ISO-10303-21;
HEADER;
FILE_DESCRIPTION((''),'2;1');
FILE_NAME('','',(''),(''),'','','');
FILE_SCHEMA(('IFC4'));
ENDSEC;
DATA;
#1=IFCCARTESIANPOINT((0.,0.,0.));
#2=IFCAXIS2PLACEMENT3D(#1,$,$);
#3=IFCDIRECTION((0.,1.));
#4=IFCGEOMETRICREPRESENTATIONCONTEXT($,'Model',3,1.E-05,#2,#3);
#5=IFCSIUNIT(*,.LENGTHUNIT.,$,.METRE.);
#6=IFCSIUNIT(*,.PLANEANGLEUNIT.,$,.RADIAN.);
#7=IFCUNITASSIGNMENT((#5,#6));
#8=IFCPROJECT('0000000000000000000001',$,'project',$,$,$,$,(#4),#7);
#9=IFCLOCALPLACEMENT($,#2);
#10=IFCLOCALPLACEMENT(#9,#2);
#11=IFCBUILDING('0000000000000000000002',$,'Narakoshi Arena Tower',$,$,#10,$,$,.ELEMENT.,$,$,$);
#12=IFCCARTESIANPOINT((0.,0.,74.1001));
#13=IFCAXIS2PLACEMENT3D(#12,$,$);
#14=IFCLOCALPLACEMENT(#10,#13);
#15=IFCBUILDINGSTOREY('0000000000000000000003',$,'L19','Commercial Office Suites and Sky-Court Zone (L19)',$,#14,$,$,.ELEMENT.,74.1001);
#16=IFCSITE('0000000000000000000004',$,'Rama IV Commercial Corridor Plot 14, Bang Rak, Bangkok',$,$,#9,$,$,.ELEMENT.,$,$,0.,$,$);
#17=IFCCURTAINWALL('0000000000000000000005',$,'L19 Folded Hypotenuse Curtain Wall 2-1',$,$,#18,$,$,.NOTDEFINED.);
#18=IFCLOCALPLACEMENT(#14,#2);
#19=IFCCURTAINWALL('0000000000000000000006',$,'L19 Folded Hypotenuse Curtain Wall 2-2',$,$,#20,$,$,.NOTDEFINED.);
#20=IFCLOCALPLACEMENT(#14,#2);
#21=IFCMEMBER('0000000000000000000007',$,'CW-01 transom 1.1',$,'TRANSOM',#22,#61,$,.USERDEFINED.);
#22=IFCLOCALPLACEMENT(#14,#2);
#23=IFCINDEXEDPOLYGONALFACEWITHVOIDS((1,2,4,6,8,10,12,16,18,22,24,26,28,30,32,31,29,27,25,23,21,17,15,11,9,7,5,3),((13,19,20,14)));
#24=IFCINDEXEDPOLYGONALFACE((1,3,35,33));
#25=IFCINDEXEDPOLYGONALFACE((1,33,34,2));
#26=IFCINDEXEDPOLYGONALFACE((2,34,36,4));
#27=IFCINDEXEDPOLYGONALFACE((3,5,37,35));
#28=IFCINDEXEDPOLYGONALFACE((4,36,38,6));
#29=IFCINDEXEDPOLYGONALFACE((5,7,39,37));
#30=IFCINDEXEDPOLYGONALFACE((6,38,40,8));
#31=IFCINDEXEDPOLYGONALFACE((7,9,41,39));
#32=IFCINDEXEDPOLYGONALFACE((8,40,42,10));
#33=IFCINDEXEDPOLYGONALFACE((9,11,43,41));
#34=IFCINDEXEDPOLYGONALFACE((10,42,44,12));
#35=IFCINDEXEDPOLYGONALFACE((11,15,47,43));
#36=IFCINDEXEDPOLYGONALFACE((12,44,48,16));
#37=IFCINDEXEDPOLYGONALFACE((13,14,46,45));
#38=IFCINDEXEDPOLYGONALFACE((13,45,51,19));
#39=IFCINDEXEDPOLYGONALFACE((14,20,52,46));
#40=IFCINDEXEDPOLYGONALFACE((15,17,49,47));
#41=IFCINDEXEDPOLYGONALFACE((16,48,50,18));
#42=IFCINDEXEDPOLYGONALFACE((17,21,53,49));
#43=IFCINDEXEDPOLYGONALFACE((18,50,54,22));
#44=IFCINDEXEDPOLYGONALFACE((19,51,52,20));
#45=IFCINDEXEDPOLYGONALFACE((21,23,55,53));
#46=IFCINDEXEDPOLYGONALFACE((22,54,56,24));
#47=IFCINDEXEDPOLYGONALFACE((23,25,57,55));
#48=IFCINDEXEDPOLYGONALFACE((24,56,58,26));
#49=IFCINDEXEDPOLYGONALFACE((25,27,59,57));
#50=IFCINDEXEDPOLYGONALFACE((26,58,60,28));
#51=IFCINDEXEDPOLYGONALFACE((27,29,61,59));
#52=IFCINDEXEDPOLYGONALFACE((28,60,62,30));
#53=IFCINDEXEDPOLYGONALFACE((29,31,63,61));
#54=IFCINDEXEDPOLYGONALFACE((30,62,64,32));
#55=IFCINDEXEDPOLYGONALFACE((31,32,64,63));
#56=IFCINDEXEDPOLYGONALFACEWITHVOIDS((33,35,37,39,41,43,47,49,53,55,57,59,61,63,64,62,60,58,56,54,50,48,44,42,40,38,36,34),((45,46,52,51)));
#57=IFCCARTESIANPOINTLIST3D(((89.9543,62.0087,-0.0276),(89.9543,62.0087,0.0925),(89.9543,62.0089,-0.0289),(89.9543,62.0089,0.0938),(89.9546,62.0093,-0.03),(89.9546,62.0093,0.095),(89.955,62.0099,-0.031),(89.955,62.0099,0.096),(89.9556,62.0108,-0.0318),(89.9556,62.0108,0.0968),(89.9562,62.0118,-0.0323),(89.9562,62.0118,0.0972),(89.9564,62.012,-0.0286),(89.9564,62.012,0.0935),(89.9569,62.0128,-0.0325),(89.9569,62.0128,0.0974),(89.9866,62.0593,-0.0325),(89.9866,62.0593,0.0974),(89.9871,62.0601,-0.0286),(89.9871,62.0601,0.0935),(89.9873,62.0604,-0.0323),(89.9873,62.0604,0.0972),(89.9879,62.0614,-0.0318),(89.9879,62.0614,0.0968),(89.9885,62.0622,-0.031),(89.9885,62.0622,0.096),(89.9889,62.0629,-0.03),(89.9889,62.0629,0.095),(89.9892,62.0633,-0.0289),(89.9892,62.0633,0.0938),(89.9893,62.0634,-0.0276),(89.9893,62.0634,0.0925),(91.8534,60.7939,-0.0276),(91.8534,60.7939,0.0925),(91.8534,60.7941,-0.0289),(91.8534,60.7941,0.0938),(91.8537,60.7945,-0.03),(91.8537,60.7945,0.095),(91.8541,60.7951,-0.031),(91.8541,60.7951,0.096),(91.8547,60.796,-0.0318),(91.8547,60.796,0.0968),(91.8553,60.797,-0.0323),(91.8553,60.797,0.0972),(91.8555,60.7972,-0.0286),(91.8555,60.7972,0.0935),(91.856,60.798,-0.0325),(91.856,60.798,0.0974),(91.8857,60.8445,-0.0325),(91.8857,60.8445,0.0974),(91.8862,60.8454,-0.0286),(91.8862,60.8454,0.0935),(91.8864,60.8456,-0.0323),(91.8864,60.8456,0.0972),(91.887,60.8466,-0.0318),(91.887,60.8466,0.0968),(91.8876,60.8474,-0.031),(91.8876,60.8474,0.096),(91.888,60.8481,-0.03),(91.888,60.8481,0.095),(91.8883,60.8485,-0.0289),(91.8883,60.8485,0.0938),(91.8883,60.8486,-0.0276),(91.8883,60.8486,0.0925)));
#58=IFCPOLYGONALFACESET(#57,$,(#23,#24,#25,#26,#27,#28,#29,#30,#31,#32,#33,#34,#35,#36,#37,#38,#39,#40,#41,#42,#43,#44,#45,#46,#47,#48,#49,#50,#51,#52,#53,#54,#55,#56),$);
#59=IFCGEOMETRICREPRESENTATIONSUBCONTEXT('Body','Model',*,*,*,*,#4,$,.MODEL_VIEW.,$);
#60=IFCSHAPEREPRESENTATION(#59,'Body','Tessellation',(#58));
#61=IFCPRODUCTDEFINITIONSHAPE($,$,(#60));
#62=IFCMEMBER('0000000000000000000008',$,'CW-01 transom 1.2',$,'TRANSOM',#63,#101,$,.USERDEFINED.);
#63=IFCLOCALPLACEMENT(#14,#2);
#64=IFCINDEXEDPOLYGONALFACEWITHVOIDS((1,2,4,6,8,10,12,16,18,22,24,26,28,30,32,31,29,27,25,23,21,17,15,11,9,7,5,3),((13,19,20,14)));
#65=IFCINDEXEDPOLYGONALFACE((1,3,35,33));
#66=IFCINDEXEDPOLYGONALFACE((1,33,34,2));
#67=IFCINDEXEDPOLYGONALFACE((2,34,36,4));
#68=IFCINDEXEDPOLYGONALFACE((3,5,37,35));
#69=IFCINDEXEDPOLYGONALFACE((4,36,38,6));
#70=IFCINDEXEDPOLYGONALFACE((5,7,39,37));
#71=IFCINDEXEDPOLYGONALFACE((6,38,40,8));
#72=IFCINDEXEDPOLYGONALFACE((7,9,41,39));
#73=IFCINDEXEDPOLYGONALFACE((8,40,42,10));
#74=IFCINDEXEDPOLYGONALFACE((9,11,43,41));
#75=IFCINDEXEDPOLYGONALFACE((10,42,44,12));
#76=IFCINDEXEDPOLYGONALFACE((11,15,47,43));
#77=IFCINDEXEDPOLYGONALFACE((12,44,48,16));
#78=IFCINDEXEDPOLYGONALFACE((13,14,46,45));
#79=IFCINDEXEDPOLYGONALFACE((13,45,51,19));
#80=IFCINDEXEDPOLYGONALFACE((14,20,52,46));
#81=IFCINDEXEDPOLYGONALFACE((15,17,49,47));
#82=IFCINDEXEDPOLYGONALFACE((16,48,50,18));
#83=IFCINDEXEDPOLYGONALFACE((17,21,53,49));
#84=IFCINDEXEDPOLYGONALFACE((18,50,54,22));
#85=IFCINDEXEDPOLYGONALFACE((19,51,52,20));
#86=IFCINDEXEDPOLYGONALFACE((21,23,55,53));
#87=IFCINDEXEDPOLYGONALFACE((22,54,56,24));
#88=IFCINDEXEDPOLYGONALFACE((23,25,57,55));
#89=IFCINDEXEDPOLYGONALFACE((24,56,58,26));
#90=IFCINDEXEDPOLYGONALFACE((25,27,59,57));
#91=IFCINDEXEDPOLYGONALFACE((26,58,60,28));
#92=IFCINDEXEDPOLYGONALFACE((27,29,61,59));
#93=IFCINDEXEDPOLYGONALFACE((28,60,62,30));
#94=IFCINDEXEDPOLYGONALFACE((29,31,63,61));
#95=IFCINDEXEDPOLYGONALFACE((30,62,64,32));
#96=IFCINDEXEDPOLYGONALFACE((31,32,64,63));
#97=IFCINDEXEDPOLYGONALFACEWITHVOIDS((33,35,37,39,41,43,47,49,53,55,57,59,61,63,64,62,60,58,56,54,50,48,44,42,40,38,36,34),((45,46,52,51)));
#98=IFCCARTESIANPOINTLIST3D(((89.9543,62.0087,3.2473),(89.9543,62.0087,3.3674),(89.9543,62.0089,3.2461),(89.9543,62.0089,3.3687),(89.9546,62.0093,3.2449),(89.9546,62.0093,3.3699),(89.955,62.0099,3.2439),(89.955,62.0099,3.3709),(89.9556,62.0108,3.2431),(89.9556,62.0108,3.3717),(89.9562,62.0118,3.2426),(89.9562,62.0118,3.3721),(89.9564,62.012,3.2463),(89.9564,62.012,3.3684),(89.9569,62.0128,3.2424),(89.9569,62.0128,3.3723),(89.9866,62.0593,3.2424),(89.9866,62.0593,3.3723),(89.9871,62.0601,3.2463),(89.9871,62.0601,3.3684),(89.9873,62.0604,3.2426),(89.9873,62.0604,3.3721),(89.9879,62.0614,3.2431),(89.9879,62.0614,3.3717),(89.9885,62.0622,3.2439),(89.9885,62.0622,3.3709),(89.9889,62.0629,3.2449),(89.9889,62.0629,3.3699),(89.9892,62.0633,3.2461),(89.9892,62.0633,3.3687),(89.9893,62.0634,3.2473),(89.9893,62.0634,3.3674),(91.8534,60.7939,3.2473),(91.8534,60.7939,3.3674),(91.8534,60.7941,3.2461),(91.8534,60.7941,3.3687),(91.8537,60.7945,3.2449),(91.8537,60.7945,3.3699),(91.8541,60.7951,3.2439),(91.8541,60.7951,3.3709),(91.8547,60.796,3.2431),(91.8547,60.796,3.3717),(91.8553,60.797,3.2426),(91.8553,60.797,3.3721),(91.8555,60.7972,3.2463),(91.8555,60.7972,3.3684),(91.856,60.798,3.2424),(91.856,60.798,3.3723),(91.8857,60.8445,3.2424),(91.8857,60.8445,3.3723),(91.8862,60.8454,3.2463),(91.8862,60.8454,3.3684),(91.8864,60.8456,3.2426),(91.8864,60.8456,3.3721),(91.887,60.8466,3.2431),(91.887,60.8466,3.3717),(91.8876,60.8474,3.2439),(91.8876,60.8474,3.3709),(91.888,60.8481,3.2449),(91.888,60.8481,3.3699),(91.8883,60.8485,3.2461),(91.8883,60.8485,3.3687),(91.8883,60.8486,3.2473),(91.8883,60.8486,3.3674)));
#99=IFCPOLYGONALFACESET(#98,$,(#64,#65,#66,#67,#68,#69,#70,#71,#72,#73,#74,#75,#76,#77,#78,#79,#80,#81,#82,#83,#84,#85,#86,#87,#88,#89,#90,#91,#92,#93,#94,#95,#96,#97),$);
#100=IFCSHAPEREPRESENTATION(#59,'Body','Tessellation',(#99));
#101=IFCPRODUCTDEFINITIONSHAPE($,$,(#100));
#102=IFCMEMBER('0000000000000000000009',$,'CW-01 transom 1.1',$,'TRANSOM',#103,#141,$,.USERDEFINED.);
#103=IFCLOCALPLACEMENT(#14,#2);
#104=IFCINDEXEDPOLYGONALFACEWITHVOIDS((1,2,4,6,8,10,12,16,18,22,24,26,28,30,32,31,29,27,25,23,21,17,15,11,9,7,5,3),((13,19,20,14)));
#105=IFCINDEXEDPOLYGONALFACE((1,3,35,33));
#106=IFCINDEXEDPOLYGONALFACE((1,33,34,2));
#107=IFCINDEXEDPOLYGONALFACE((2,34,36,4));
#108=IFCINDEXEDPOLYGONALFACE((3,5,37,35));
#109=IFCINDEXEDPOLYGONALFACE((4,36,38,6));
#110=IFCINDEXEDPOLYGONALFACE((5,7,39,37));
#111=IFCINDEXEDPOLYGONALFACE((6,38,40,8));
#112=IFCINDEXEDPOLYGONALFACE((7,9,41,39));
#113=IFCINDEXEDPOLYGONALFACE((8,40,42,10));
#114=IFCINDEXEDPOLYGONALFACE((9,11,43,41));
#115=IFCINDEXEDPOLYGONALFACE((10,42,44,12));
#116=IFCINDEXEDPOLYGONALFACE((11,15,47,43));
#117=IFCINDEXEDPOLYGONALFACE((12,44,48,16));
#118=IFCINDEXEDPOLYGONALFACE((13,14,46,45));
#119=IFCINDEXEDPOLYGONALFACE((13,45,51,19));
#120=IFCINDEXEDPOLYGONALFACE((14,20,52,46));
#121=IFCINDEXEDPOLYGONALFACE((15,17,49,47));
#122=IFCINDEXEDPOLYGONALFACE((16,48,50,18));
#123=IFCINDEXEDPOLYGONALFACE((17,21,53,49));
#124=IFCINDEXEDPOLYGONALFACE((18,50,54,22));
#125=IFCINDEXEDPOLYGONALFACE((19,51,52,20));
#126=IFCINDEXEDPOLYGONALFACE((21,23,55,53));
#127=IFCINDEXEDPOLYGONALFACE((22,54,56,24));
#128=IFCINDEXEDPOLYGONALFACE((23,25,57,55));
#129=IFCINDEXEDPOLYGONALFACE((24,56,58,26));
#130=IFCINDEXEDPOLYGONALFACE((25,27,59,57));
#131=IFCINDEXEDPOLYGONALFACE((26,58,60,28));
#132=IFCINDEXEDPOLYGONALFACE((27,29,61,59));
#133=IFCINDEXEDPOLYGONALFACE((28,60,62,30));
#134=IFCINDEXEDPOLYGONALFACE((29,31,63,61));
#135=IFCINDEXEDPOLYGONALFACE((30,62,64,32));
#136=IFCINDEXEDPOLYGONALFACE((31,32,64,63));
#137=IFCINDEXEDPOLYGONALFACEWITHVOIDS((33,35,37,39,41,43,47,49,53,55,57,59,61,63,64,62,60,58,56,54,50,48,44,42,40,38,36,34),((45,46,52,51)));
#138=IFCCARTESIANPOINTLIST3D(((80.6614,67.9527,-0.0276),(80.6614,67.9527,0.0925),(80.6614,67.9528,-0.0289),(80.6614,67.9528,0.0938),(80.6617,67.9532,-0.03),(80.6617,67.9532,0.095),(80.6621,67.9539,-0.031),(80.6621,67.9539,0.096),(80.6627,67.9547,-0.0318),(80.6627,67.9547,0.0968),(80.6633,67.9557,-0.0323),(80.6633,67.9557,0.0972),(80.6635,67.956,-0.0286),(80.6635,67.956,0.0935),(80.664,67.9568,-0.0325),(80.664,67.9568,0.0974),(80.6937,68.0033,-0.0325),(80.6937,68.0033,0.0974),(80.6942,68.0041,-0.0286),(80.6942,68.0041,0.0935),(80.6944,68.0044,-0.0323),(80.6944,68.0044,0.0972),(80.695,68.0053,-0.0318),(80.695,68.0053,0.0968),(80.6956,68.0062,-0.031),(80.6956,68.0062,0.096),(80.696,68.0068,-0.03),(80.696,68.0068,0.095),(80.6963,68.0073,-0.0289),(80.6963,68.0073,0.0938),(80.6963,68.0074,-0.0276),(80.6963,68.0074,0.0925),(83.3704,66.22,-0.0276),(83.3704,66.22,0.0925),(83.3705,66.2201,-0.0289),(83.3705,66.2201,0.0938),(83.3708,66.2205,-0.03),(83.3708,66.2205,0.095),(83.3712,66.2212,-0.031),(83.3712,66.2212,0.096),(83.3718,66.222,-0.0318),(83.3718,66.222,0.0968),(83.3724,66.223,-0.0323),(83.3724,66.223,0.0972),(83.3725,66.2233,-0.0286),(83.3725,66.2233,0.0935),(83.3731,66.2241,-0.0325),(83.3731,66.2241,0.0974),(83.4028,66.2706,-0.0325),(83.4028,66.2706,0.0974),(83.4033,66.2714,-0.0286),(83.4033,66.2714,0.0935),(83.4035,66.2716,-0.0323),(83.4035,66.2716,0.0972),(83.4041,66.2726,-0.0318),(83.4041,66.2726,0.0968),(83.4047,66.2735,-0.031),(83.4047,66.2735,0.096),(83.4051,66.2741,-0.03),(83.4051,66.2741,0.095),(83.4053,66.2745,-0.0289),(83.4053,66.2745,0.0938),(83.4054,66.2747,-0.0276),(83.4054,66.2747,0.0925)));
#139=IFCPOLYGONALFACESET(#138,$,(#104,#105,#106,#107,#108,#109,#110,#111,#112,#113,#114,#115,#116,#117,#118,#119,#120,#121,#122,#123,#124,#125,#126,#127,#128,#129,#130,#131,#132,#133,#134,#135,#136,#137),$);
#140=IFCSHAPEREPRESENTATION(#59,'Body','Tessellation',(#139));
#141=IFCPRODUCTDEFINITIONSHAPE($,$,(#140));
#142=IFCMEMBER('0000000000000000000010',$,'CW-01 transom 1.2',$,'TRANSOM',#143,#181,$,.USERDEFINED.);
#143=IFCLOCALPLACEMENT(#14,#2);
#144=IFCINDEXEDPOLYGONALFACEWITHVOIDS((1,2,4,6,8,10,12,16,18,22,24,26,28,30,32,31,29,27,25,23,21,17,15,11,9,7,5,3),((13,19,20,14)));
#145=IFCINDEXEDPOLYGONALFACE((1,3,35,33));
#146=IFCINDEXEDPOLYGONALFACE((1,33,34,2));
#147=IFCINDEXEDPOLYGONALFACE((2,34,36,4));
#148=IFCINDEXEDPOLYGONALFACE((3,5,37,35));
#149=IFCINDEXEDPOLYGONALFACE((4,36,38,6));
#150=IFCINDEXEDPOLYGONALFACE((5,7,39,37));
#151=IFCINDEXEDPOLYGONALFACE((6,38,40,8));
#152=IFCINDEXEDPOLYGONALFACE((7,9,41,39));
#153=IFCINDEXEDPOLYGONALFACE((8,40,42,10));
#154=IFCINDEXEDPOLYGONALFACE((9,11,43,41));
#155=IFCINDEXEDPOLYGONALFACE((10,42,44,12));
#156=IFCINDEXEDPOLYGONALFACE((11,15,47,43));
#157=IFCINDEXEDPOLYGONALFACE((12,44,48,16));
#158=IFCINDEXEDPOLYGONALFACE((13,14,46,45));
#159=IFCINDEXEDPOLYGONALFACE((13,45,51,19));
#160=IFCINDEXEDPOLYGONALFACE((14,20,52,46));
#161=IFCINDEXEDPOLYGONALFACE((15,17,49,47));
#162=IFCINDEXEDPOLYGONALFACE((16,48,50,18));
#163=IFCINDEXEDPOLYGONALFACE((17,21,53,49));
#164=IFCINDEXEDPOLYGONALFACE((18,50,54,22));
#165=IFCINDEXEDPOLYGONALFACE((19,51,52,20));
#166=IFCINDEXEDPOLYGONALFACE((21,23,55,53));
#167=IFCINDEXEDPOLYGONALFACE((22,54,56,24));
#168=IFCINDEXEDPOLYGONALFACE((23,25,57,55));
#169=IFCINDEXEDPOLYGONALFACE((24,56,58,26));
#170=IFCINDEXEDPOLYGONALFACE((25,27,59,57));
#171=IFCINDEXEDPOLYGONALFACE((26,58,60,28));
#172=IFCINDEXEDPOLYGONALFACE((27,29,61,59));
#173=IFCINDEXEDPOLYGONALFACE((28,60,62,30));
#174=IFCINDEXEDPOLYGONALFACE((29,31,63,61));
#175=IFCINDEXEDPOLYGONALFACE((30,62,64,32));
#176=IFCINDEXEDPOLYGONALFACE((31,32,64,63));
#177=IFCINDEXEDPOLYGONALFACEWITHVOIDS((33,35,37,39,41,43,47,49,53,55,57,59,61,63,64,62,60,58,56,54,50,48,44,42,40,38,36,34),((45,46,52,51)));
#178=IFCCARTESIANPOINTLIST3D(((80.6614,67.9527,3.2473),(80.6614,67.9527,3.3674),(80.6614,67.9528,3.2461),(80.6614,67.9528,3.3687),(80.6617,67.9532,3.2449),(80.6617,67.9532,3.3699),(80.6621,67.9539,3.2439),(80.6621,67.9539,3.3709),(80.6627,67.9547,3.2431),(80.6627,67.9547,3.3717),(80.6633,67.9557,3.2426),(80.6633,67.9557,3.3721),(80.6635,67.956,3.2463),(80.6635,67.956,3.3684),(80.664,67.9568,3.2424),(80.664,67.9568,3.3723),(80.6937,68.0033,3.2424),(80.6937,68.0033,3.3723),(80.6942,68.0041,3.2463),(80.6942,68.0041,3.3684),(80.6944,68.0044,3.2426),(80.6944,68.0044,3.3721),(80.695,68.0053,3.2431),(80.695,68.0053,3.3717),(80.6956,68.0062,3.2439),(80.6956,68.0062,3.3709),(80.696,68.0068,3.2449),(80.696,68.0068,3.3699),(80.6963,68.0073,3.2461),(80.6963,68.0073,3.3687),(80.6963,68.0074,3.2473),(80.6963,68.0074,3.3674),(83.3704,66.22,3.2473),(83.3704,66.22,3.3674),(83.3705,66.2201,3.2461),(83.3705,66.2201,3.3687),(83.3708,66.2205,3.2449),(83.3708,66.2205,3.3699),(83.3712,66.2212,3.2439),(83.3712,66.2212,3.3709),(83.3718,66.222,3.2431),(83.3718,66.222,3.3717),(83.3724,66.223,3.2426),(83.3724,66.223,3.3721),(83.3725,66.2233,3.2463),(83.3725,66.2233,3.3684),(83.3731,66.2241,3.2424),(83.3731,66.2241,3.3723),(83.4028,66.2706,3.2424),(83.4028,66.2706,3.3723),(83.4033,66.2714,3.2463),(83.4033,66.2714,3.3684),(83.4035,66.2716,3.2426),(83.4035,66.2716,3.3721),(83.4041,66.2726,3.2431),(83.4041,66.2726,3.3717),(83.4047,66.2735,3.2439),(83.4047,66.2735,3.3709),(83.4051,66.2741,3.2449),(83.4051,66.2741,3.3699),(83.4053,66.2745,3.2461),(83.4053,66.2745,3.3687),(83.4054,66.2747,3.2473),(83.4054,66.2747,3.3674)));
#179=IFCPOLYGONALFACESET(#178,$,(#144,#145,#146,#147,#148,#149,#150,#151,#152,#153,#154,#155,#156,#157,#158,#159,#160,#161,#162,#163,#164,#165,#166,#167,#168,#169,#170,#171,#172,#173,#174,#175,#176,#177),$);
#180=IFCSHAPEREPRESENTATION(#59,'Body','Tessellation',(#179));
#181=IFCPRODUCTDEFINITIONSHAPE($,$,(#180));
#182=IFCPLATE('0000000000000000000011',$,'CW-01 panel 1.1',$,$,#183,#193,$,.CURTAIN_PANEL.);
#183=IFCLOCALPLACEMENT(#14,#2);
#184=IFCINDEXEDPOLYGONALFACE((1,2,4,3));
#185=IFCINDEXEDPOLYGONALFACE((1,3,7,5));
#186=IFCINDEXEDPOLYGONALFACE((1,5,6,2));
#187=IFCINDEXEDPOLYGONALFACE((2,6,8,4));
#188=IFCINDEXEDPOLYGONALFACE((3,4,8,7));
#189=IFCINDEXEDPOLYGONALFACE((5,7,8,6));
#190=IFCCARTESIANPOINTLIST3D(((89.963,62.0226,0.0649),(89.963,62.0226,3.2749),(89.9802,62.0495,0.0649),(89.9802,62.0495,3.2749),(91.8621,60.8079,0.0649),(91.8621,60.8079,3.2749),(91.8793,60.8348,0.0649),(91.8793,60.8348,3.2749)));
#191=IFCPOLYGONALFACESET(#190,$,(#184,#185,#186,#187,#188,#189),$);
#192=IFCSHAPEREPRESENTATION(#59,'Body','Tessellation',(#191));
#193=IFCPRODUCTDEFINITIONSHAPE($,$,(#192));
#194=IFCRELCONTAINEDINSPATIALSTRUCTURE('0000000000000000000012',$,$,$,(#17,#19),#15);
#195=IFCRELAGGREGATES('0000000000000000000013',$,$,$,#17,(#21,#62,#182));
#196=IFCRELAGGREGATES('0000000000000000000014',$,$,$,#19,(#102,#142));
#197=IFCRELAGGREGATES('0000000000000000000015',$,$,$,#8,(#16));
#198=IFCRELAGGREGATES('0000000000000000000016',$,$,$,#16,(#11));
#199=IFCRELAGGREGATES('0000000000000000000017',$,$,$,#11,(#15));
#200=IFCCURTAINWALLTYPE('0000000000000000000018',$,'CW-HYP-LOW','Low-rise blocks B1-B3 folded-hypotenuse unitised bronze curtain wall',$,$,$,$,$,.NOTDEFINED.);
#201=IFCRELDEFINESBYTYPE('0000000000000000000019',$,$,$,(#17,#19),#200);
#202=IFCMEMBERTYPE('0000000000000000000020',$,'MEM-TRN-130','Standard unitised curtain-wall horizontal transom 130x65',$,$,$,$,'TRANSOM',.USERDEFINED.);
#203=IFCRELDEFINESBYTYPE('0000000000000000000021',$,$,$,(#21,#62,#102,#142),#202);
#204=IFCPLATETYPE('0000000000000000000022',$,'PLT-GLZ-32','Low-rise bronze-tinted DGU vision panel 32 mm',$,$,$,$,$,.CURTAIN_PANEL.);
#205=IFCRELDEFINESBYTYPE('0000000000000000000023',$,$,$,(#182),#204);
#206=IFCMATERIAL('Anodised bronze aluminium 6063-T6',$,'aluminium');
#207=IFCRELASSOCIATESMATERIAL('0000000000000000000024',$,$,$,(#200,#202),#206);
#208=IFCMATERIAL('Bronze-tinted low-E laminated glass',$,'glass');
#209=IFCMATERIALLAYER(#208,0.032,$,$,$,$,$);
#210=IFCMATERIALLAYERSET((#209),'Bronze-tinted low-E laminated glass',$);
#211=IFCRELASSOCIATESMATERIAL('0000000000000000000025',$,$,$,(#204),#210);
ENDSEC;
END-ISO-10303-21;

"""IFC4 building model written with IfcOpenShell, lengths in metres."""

from ifc_helpers import new_model, si_unit, direction, frame, origin, origin_2d, place, context, subcontext, project, spatial, rectangle, hollow_rectangle, extrude, material, layer, layer_set, material_profile, profile_set, type_object, element, aggregate, save


model = new_model("IFC4")

# Units and contexts
model_context = context("Model", 3, precision=1e-05, world=origin(), true_north=direction((0.0, 1.0)))
body_context = subcontext(model_context, "Body", "Model", "MODEL_VIEW")
ifc_project = project(units=[si_unit("LENGTHUNIT", "METRE"), si_unit("PLANEANGLEUNIT", "RADIAN")], contexts=[model_context])

# Site, building, storey
site_placement = place(None, origin())
site = spatial("IfcSite", under=ifc_project, at=site_placement, Name="Rama IV Commercial Corridor Plot 14, Bang Rak, Bangkok", CompositionType="ELEMENT", RefElevation=0.0)
building_placement = place(site_placement, origin())
building = spatial("IfcBuilding", under=site, at=building_placement, Name="Narakoshi Arena Tower", CompositionType="ELEMENT")
storey_placement = place(building_placement, frame((0.0, 0.0, 74.1001)))
storey = spatial("IfcBuildingStorey", under=building, at=storey_placement, Name="L19", Description="Commercial Office Suites and Sky-Court Zone (L19)", CompositionType="ELEMENT", Elevation=74.1001)

# Curtain walls
ifc_material_1 = material(Name="Anodised bronze aluminium 6063-T6", Category="aluminium")
curtain_wall_type = type_object("IfcCurtainWallType", Name="CW-HYP-LOW", Description="Low-rise blocks B1-B3 folded-hypotenuse unitised bronze curtain wall", PredefinedType="NOTDEFINED", material=ifc_material_1)
curtain_wall_1_placement = place(storey_placement, origin())
curtain_wall_1 = element("IfcCurtainWall", 1, at=curtain_wall_1_placement, inside=storey, type_object=curtain_wall_type, Name="L19 Folded Hypotenuse Curtain Wall 2-1", PredefinedType="NOTDEFINED")
curtain_wall_2_placement = place(storey_placement, origin())
curtain_wall_2 = element("IfcCurtainWall", 2, at=curtain_wall_2_placement, inside=storey, type_object=curtain_wall_type, Name="L19 Folded Hypotenuse Curtain Wall 2-2", PredefinedType="NOTDEFINED")

# Members
ifc_material_profile_1 = material_profile(ifc_material_1, hollow_rectangle(XDim=0.0649, YDim=0.1299, WallThickness=0.0039, OuterFilletRadius=0.0049, at=origin_2d()), Name="TRN130x65x4")
ifc_profile_set_1 = profile_set([ifc_material_profile_1], Name="Anodised bronze aluminium 6063-T6")
member_type_1 = type_object("IfcMemberType", Name="MEM-TRN-130", Description="Standard unitised curtain-wall horizontal transom 130x65", ElementType="TRANSOM", PredefinedType="USERDEFINED", material=ifc_profile_set_1)
member_1_placement = place(storey_placement, frame((91.8708, 60.8213, 0.0325), z_axis=(-0.842397, 0.538857, 0.0), x_axis=(-0.538857, -0.842397, 0.0)))
member_1 = element("IfcMember", 3, at=member_1_placement, type_object=member_type_1, Name="CW-01 transom 1.1", ObjectType="TRANSOM", PredefinedType="USERDEFINED", context=body_context, shape_type="SweptSolid", body=[
    extrude(hollow_rectangle(XDim=0.0649, YDim=0.1299, WallThickness=0.0039, OuterFilletRadius=0.0049, at=origin_2d()), origin(), (0.0, 0.0, 1.0), 2.2544),
])
member_2_placement = place(storey_placement, frame((91.8708, 60.8213, 3.3074), z_axis=(-0.842397, 0.538857, 0.0), x_axis=(-0.538857, -0.842397, 0.0)))
member_2 = element("IfcMember", 4, at=member_2_placement, type_object=member_type_1, Name="CW-01 transom 1.2", ObjectType="TRANSOM", PredefinedType="USERDEFINED", context=body_context, shape_type="SweptSolid", body=[
    extrude(hollow_rectangle(XDim=0.0649, YDim=0.1299, WallThickness=0.0039, OuterFilletRadius=0.0049, at=origin_2d()), origin(), (0.0, 0.0, 1.0), 2.2544),
])
member_3_placement = place(storey_placement, frame((83.3879, 66.2473, 0.0325), z_axis=(-0.842424, 0.538815, 0.0), x_axis=(-0.538815, -0.842424, 0.0)))
member_3 = element("IfcMember", 5, at=member_3_placement, type_object=member_type_1, Name="CW-01 transom 1.1", ObjectType="TRANSOM", PredefinedType="USERDEFINED", context=body_context, shape_type="SweptSolid", body=[
    extrude(hollow_rectangle(XDim=0.0649, YDim=0.1299, WallThickness=0.0039, OuterFilletRadius=0.0049, at=origin_2d()), origin(), (0.0, 0.0, 1.0), 3.2158),
])
member_4_placement = place(storey_placement, frame((83.3879, 66.2473, 3.3074), z_axis=(-0.842424, 0.538815, 0.0), x_axis=(-0.538815, -0.842424, 0.0)))
member_4 = element("IfcMember", 6, at=member_4_placement, type_object=member_type_1, Name="CW-01 transom 1.2", ObjectType="TRANSOM", PredefinedType="USERDEFINED", context=body_context, shape_type="SweptSolid", body=[
    extrude(hollow_rectangle(XDim=0.0649, YDim=0.1299, WallThickness=0.0039, OuterFilletRadius=0.0049, at=origin_2d()), origin(), (0.0, 0.0, 1.0), 3.2158),
])

# Plate
ifc_material_2 = material(Name="Bronze-tinted low-E laminated glass", Category="glass")
ifc_layer_1 = layer(ifc_material_2, 0.032)
ifc_layer_set_1 = layer_set([ifc_layer_1], Name="Bronze-tinted low-E laminated glass")
plate_type = type_object("IfcPlateType", Name="PLT-GLZ-32", Description="Low-rise bronze-tinted DGU vision panel 32 mm", PredefinedType="CURTAIN_PANEL", material=ifc_layer_set_1)
plate_1_placement = place(storey_placement, frame((90.9211, 61.4287, 0.0649), z_axis=(0.0, 0.0, 1.0), x_axis=(-0.842419, 0.538822, 0.0)))
plate_1 = element("IfcPlate", 7, at=plate_1_placement, type_object=plate_type, Name="CW-01 panel 1.1", PredefinedType="CURTAIN_PANEL", context=body_context, shape_type="SweptSolid", body=[
    extrude(rectangle(XDim=2.2544, YDim=0.032, at=origin_2d()), origin(), (0.0, 0.0, 1.0), 3.21),
])
aggregate(curtain_wall_1, [member_1, member_2, plate_1])
aggregate(curtain_wall_2, [member_3, member_4])

save(model, "model.ifc")
